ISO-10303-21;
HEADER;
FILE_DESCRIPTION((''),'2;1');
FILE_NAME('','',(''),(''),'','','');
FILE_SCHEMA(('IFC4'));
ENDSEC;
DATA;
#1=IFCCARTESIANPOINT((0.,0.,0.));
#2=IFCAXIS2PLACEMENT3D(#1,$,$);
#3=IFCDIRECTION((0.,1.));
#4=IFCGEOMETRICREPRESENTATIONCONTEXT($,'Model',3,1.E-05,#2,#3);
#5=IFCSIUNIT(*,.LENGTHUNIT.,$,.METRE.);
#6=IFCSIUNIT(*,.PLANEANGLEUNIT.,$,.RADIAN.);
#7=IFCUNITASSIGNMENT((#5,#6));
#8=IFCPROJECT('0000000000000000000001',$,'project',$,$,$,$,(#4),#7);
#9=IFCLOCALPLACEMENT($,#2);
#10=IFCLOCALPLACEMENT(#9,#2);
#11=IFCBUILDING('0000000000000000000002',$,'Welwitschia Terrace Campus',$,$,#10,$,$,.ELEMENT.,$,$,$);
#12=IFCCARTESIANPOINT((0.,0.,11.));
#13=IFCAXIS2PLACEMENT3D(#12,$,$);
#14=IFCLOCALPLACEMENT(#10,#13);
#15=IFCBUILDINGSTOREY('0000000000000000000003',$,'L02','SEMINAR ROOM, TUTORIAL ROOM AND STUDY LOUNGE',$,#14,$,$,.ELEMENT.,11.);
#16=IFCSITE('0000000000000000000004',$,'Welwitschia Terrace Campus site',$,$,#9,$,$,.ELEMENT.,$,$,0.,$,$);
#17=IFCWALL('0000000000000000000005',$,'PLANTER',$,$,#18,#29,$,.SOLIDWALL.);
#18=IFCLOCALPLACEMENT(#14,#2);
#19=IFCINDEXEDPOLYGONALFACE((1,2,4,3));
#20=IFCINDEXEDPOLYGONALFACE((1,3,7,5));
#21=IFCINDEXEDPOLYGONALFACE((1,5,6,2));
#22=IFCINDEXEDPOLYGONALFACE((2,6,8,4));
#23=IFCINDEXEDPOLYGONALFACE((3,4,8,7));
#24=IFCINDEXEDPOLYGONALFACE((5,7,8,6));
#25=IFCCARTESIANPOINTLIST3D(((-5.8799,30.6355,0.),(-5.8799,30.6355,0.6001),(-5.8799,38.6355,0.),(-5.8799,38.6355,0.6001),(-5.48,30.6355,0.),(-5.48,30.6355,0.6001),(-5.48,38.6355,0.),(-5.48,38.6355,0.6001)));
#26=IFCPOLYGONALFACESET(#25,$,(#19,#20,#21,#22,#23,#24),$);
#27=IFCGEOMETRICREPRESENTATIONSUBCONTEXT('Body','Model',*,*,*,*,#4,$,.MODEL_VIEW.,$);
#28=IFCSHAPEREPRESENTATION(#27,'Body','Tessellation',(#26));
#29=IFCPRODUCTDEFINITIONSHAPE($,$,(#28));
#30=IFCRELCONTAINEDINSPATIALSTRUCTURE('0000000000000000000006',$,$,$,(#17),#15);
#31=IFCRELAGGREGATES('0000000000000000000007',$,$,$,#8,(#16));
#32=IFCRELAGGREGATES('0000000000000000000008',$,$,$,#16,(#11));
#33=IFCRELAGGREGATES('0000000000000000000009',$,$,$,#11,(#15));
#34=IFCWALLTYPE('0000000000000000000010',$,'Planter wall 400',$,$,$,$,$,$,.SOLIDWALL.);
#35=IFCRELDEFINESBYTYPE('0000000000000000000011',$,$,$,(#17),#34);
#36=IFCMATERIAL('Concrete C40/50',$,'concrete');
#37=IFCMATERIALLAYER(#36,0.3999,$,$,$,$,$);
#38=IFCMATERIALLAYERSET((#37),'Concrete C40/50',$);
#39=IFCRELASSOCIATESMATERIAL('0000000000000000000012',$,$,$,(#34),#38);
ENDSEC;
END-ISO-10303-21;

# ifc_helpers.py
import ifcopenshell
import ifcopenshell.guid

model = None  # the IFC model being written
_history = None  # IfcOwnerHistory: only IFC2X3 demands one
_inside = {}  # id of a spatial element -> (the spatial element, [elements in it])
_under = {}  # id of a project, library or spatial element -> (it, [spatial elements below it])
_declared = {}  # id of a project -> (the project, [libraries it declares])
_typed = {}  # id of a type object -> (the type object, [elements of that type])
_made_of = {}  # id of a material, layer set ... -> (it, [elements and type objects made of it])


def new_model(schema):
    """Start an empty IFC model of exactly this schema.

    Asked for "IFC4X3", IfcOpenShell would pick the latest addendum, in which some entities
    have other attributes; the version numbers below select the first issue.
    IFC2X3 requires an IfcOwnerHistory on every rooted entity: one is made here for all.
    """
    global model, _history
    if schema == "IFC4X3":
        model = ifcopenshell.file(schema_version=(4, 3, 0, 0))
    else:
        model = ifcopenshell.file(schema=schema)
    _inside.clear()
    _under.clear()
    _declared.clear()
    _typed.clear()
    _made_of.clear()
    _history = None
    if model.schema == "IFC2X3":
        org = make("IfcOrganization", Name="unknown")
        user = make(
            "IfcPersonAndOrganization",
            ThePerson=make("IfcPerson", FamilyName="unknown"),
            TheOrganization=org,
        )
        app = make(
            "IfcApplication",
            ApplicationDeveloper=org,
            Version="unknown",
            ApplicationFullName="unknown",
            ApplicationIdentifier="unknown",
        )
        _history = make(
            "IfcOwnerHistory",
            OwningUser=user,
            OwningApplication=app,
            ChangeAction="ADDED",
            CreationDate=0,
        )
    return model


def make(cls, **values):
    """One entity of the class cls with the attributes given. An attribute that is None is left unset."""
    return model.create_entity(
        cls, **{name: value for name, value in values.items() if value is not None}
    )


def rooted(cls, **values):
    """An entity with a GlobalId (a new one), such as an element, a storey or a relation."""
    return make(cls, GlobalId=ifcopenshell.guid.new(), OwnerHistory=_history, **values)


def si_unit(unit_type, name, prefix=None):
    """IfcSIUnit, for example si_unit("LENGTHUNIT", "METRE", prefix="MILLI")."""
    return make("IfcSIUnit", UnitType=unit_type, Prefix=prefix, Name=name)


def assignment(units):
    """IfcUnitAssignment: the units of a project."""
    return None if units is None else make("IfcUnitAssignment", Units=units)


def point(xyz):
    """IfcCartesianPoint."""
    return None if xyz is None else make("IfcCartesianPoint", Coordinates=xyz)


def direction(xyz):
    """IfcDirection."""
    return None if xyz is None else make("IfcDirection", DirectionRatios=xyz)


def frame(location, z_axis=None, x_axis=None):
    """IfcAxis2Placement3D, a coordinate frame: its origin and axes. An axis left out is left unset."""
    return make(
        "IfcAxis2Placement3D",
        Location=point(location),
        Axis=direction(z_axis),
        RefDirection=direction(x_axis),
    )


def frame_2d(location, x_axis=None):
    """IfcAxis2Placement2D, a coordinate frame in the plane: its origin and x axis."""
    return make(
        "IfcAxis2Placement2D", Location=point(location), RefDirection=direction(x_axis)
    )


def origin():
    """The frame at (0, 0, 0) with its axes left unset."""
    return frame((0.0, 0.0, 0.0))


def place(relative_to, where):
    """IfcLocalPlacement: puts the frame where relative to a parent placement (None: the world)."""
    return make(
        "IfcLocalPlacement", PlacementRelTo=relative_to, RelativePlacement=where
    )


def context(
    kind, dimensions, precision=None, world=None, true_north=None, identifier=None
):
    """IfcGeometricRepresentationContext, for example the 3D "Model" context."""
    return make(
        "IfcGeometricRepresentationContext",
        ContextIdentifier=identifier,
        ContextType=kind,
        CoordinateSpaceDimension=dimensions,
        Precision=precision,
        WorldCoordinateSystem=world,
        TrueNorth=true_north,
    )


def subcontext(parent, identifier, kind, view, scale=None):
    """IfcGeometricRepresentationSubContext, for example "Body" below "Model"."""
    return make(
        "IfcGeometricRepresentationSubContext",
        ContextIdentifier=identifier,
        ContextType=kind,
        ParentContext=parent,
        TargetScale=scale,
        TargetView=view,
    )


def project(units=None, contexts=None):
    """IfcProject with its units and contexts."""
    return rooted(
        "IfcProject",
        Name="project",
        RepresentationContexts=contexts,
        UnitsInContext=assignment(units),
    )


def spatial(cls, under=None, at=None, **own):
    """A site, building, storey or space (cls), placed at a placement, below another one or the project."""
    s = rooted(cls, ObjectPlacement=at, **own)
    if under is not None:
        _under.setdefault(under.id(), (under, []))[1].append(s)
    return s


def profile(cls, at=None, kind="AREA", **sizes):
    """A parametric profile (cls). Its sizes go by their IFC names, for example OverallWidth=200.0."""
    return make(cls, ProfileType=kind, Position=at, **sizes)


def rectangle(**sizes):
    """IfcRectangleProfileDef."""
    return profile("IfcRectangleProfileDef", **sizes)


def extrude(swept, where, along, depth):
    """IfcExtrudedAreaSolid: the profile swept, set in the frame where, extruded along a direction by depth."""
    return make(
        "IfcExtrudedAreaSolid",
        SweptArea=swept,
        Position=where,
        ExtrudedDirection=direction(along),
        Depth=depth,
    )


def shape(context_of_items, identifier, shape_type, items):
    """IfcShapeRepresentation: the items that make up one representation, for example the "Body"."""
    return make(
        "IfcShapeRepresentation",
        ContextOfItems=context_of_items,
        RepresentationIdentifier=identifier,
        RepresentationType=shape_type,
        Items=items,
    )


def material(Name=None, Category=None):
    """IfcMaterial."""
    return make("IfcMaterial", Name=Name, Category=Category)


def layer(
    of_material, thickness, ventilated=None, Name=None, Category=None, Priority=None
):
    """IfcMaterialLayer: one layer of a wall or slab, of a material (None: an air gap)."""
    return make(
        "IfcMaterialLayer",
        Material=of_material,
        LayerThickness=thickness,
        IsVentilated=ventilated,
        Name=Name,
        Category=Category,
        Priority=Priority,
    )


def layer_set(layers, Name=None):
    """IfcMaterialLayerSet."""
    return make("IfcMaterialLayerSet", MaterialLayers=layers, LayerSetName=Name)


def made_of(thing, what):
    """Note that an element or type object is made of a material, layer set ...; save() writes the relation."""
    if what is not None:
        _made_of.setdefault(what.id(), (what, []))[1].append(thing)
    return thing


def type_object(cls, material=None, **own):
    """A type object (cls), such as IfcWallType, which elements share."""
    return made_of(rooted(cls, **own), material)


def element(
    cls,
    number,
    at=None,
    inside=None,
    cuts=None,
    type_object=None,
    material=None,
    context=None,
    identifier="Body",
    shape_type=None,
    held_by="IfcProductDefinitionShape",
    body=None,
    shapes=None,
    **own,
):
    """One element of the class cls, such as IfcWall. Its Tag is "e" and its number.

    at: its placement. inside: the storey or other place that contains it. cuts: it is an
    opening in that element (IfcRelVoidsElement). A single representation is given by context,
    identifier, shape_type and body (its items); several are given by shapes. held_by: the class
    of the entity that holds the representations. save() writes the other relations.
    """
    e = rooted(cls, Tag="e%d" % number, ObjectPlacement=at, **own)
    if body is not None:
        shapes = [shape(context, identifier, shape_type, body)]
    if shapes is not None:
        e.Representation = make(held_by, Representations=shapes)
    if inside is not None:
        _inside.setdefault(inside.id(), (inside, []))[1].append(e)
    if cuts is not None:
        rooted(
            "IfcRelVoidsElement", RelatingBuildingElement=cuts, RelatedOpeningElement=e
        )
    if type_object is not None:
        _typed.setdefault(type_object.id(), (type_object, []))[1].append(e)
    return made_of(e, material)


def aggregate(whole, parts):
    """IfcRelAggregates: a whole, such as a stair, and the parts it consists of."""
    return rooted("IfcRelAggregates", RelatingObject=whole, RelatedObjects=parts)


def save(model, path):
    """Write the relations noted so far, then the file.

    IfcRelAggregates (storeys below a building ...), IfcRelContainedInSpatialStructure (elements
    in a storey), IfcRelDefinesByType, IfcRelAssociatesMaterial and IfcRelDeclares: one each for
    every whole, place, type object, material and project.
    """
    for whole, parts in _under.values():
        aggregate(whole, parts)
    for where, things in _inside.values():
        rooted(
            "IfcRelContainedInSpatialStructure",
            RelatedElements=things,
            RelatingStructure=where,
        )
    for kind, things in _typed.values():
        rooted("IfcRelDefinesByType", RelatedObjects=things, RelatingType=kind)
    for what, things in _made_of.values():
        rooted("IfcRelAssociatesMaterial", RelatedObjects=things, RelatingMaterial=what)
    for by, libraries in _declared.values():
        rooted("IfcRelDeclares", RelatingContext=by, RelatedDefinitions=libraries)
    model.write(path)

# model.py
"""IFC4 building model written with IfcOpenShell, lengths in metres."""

from ifc_helpers import new_model, si_unit, direction, frame, frame_2d, origin, place, context, subcontext, project, spatial, rectangle, extrude, material, layer, layer_set, type_object, element, save


model = new_model("IFC4")

# Units and contexts
model_context = context("Model", 3, precision=1e-05, world=origin(), true_north=direction((0.0, 1.0)))
body_context = subcontext(model_context, "Body", "Model", "MODEL_VIEW")
ifc_project = project(units=[si_unit("LENGTHUNIT", "METRE"), si_unit("PLANEANGLEUNIT", "RADIAN")], contexts=[model_context])

# Site, building, storey
site_placement = place(None, origin())
site = spatial("IfcSite", under=ifc_project, at=site_placement, Name="Welwitschia Terrace Campus site", CompositionType="ELEMENT", RefElevation=0.0)
building_placement = place(site_placement, origin())
building = spatial("IfcBuilding", under=site, at=building_placement, Name="Welwitschia Terrace Campus", CompositionType="ELEMENT")
storey_placement = place(building_placement, frame((0.0, 0.0, 11.0)))
storey = spatial("IfcBuildingStorey", under=building, at=storey_placement, Name="L02", Description="SEMINAR ROOM, TUTORIAL ROOM AND STUDY LOUNGE", CompositionType="ELEMENT", Elevation=11.0)

# Wall
ifc_material_1 = material(Name="Concrete C40/50", Category="concrete")
ifc_layer_1 = layer(ifc_material_1, 0.3999)
ifc_layer_set_1 = layer_set([ifc_layer_1], Name="Concrete C40/50")
wall_type_1 = type_object("IfcWallType", Name="Planter wall 400", PredefinedType="SOLIDWALL", material=ifc_layer_set_1)
wall_1_placement = place(storey_placement, frame((-5.6799, 30.6355, 0.0), z_axis=(0.0, 0.0, 1.0), x_axis=(0.0, 1.0, 0.0)))
element("IfcWall", 1, at=wall_1_placement, inside=storey, type_object=wall_type_1, Name="PLANTER", PredefinedType="SOLIDWALL", context=body_context, shape_type="SweptSolid", body=[
    extrude(rectangle(XDim=8.0, YDim=0.3999, at=frame_2d((4.0, 0.0))), origin(), (0.0, 0.0, 1.0), 0.6001),
])

save(model, "model.ifc")
